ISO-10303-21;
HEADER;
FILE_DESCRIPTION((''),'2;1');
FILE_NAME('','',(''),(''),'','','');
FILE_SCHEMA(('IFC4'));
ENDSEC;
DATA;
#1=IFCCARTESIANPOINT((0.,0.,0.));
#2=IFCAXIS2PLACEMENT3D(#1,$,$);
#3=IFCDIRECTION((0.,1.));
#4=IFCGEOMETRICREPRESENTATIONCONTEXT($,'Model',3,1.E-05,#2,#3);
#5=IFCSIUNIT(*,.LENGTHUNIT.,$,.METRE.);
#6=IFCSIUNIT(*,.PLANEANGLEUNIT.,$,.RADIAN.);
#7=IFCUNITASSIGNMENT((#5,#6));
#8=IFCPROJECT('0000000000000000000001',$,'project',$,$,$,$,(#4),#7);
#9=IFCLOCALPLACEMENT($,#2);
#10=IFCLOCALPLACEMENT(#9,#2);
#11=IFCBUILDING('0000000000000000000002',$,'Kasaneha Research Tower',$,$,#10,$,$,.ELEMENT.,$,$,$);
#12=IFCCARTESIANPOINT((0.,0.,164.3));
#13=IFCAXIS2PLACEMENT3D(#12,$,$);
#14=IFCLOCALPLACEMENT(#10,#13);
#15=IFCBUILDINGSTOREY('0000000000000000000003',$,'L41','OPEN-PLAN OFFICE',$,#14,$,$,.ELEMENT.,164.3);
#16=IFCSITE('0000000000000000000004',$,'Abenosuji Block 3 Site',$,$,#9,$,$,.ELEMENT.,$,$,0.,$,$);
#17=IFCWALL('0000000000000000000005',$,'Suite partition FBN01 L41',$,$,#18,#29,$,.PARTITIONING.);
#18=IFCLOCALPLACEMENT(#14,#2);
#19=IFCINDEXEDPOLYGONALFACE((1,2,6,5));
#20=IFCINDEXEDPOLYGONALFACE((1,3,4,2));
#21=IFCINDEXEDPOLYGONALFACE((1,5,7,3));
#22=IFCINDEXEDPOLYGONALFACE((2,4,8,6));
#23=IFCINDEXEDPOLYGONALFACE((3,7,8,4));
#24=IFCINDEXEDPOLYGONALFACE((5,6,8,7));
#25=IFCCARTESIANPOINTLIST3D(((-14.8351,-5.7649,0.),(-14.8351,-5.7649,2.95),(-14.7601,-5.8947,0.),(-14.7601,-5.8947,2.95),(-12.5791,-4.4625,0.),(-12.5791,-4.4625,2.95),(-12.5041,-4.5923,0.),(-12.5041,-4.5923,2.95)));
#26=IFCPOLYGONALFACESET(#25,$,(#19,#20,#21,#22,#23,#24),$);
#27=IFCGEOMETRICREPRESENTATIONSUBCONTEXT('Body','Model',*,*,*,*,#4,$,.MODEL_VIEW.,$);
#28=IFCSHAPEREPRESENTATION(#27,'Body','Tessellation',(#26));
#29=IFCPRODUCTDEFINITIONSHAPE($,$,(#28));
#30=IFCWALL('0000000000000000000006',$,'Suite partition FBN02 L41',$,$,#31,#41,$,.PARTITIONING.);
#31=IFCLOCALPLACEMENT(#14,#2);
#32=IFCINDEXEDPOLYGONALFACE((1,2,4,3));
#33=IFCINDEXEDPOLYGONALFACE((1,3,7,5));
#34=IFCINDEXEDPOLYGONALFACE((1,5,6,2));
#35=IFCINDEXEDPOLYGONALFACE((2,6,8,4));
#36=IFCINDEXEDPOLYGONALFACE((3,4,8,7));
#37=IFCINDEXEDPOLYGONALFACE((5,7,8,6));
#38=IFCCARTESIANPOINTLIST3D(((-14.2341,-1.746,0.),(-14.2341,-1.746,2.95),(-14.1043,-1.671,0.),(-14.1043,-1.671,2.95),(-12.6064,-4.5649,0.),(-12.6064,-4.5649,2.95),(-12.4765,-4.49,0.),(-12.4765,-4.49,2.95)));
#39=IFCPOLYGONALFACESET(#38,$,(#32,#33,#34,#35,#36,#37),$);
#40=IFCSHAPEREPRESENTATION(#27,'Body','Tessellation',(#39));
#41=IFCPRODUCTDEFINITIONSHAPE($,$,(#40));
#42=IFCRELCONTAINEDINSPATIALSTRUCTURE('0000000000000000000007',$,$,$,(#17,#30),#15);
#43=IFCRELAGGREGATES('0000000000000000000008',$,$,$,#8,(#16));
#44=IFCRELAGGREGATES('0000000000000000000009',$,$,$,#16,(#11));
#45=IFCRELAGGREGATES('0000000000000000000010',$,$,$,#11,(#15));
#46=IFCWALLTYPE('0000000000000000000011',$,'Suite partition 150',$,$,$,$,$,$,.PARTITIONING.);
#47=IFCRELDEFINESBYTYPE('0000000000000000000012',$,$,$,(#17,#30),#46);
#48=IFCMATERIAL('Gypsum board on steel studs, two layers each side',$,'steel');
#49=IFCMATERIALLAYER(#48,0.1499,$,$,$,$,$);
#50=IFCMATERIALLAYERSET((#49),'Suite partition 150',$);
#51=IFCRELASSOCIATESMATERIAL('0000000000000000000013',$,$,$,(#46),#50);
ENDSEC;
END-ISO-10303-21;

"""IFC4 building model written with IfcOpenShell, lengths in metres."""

from ifc_helpers import new_model, si_unit, direction, frame, frame_2d, origin, place, context, subcontext, project, spatial, rectangle, extrude, material, layer, layer_set, type_object, element, save


model = new_model("IFC4")

# Units and contexts
model_context = context("Model", 3, precision=1e-05, world=origin(), true_north=direction((0.0, 1.0)))
body_context = subcontext(model_context, "Body", "Model", "MODEL_VIEW")
ifc_project = project(units=[si_unit("LENGTHUNIT", "METRE"), si_unit("PLANEANGLEUNIT", "RADIAN")], contexts=[model_context])

# Site, building, storey
site_placement = place(None, origin())
site = spatial("IfcSite", under=ifc_project, at=site_placement, Name="Abenosuji Block 3 Site", CompositionType="ELEMENT", RefElevation=0.0)
building_placement = place(site_placement, origin())
building = spatial("IfcBuilding", under=site, at=building_placement, Name="Kasaneha Research Tower", CompositionType="ELEMENT")
storey_placement = place(building_placement, frame((0.0, 0.0, 164.3)))
storey = spatial("IfcBuildingStorey", under=building, at=storey_placement, Name="L41", Description="OPEN-PLAN OFFICE", CompositionType="ELEMENT", Elevation=164.3)

# Walls
ifc_material_1 = material(Name="Gypsum board on steel studs, two layers each side", Category="steel")
ifc_layer_1 = layer(ifc_material_1, 0.1499)
ifc_layer_set_1 = layer_set([ifc_layer_1], Name="Suite partition 150")
wall_type_1 = type_object("IfcWallType", Name="Suite partition 150", PredefinedType="PARTITIONING", material=ifc_layer_set_1)
wall_1_placement = place(storey_placement, frame((-14.7976, -5.8298, 0.0), z_axis=(0.0, 0.0, 1.0), x_axis=(0.866037, 0.499979, 0.0)))
element("IfcWall", 1, at=wall_1_placement, inside=storey, type_object=wall_type_1, Name="Suite partition FBN01 L41", PredefinedType="PARTITIONING", context=body_context, shape_type="SweptSolid", body=[
    extrude(rectangle(XDim=2.605, YDim=0.1499, at=frame_2d((1.3025, 0.0))), origin(), (0.0, 0.0, 1.0), 2.95),
])
wall_2_placement = place(storey_placement, frame((-12.5415, -4.5273, 0.0), z_axis=(0.0, 0.0, 1.0), x_axis=(-0.500051, 0.865996, 0.0)))
element("IfcWall", 2, at=wall_2_placement, inside=storey, type_object=wall_type_1, Name="Suite partition FBN02 L41", PredefinedType="PARTITIONING", context=body_context, shape_type="SweptSolid", body=[
    extrude(rectangle(XDim=3.2551, YDim=0.1499, at=frame_2d((1.6274, 0.0))), origin(), (0.0, 0.0, 1.0), 2.95),
])

save(model, "model.ifc")
